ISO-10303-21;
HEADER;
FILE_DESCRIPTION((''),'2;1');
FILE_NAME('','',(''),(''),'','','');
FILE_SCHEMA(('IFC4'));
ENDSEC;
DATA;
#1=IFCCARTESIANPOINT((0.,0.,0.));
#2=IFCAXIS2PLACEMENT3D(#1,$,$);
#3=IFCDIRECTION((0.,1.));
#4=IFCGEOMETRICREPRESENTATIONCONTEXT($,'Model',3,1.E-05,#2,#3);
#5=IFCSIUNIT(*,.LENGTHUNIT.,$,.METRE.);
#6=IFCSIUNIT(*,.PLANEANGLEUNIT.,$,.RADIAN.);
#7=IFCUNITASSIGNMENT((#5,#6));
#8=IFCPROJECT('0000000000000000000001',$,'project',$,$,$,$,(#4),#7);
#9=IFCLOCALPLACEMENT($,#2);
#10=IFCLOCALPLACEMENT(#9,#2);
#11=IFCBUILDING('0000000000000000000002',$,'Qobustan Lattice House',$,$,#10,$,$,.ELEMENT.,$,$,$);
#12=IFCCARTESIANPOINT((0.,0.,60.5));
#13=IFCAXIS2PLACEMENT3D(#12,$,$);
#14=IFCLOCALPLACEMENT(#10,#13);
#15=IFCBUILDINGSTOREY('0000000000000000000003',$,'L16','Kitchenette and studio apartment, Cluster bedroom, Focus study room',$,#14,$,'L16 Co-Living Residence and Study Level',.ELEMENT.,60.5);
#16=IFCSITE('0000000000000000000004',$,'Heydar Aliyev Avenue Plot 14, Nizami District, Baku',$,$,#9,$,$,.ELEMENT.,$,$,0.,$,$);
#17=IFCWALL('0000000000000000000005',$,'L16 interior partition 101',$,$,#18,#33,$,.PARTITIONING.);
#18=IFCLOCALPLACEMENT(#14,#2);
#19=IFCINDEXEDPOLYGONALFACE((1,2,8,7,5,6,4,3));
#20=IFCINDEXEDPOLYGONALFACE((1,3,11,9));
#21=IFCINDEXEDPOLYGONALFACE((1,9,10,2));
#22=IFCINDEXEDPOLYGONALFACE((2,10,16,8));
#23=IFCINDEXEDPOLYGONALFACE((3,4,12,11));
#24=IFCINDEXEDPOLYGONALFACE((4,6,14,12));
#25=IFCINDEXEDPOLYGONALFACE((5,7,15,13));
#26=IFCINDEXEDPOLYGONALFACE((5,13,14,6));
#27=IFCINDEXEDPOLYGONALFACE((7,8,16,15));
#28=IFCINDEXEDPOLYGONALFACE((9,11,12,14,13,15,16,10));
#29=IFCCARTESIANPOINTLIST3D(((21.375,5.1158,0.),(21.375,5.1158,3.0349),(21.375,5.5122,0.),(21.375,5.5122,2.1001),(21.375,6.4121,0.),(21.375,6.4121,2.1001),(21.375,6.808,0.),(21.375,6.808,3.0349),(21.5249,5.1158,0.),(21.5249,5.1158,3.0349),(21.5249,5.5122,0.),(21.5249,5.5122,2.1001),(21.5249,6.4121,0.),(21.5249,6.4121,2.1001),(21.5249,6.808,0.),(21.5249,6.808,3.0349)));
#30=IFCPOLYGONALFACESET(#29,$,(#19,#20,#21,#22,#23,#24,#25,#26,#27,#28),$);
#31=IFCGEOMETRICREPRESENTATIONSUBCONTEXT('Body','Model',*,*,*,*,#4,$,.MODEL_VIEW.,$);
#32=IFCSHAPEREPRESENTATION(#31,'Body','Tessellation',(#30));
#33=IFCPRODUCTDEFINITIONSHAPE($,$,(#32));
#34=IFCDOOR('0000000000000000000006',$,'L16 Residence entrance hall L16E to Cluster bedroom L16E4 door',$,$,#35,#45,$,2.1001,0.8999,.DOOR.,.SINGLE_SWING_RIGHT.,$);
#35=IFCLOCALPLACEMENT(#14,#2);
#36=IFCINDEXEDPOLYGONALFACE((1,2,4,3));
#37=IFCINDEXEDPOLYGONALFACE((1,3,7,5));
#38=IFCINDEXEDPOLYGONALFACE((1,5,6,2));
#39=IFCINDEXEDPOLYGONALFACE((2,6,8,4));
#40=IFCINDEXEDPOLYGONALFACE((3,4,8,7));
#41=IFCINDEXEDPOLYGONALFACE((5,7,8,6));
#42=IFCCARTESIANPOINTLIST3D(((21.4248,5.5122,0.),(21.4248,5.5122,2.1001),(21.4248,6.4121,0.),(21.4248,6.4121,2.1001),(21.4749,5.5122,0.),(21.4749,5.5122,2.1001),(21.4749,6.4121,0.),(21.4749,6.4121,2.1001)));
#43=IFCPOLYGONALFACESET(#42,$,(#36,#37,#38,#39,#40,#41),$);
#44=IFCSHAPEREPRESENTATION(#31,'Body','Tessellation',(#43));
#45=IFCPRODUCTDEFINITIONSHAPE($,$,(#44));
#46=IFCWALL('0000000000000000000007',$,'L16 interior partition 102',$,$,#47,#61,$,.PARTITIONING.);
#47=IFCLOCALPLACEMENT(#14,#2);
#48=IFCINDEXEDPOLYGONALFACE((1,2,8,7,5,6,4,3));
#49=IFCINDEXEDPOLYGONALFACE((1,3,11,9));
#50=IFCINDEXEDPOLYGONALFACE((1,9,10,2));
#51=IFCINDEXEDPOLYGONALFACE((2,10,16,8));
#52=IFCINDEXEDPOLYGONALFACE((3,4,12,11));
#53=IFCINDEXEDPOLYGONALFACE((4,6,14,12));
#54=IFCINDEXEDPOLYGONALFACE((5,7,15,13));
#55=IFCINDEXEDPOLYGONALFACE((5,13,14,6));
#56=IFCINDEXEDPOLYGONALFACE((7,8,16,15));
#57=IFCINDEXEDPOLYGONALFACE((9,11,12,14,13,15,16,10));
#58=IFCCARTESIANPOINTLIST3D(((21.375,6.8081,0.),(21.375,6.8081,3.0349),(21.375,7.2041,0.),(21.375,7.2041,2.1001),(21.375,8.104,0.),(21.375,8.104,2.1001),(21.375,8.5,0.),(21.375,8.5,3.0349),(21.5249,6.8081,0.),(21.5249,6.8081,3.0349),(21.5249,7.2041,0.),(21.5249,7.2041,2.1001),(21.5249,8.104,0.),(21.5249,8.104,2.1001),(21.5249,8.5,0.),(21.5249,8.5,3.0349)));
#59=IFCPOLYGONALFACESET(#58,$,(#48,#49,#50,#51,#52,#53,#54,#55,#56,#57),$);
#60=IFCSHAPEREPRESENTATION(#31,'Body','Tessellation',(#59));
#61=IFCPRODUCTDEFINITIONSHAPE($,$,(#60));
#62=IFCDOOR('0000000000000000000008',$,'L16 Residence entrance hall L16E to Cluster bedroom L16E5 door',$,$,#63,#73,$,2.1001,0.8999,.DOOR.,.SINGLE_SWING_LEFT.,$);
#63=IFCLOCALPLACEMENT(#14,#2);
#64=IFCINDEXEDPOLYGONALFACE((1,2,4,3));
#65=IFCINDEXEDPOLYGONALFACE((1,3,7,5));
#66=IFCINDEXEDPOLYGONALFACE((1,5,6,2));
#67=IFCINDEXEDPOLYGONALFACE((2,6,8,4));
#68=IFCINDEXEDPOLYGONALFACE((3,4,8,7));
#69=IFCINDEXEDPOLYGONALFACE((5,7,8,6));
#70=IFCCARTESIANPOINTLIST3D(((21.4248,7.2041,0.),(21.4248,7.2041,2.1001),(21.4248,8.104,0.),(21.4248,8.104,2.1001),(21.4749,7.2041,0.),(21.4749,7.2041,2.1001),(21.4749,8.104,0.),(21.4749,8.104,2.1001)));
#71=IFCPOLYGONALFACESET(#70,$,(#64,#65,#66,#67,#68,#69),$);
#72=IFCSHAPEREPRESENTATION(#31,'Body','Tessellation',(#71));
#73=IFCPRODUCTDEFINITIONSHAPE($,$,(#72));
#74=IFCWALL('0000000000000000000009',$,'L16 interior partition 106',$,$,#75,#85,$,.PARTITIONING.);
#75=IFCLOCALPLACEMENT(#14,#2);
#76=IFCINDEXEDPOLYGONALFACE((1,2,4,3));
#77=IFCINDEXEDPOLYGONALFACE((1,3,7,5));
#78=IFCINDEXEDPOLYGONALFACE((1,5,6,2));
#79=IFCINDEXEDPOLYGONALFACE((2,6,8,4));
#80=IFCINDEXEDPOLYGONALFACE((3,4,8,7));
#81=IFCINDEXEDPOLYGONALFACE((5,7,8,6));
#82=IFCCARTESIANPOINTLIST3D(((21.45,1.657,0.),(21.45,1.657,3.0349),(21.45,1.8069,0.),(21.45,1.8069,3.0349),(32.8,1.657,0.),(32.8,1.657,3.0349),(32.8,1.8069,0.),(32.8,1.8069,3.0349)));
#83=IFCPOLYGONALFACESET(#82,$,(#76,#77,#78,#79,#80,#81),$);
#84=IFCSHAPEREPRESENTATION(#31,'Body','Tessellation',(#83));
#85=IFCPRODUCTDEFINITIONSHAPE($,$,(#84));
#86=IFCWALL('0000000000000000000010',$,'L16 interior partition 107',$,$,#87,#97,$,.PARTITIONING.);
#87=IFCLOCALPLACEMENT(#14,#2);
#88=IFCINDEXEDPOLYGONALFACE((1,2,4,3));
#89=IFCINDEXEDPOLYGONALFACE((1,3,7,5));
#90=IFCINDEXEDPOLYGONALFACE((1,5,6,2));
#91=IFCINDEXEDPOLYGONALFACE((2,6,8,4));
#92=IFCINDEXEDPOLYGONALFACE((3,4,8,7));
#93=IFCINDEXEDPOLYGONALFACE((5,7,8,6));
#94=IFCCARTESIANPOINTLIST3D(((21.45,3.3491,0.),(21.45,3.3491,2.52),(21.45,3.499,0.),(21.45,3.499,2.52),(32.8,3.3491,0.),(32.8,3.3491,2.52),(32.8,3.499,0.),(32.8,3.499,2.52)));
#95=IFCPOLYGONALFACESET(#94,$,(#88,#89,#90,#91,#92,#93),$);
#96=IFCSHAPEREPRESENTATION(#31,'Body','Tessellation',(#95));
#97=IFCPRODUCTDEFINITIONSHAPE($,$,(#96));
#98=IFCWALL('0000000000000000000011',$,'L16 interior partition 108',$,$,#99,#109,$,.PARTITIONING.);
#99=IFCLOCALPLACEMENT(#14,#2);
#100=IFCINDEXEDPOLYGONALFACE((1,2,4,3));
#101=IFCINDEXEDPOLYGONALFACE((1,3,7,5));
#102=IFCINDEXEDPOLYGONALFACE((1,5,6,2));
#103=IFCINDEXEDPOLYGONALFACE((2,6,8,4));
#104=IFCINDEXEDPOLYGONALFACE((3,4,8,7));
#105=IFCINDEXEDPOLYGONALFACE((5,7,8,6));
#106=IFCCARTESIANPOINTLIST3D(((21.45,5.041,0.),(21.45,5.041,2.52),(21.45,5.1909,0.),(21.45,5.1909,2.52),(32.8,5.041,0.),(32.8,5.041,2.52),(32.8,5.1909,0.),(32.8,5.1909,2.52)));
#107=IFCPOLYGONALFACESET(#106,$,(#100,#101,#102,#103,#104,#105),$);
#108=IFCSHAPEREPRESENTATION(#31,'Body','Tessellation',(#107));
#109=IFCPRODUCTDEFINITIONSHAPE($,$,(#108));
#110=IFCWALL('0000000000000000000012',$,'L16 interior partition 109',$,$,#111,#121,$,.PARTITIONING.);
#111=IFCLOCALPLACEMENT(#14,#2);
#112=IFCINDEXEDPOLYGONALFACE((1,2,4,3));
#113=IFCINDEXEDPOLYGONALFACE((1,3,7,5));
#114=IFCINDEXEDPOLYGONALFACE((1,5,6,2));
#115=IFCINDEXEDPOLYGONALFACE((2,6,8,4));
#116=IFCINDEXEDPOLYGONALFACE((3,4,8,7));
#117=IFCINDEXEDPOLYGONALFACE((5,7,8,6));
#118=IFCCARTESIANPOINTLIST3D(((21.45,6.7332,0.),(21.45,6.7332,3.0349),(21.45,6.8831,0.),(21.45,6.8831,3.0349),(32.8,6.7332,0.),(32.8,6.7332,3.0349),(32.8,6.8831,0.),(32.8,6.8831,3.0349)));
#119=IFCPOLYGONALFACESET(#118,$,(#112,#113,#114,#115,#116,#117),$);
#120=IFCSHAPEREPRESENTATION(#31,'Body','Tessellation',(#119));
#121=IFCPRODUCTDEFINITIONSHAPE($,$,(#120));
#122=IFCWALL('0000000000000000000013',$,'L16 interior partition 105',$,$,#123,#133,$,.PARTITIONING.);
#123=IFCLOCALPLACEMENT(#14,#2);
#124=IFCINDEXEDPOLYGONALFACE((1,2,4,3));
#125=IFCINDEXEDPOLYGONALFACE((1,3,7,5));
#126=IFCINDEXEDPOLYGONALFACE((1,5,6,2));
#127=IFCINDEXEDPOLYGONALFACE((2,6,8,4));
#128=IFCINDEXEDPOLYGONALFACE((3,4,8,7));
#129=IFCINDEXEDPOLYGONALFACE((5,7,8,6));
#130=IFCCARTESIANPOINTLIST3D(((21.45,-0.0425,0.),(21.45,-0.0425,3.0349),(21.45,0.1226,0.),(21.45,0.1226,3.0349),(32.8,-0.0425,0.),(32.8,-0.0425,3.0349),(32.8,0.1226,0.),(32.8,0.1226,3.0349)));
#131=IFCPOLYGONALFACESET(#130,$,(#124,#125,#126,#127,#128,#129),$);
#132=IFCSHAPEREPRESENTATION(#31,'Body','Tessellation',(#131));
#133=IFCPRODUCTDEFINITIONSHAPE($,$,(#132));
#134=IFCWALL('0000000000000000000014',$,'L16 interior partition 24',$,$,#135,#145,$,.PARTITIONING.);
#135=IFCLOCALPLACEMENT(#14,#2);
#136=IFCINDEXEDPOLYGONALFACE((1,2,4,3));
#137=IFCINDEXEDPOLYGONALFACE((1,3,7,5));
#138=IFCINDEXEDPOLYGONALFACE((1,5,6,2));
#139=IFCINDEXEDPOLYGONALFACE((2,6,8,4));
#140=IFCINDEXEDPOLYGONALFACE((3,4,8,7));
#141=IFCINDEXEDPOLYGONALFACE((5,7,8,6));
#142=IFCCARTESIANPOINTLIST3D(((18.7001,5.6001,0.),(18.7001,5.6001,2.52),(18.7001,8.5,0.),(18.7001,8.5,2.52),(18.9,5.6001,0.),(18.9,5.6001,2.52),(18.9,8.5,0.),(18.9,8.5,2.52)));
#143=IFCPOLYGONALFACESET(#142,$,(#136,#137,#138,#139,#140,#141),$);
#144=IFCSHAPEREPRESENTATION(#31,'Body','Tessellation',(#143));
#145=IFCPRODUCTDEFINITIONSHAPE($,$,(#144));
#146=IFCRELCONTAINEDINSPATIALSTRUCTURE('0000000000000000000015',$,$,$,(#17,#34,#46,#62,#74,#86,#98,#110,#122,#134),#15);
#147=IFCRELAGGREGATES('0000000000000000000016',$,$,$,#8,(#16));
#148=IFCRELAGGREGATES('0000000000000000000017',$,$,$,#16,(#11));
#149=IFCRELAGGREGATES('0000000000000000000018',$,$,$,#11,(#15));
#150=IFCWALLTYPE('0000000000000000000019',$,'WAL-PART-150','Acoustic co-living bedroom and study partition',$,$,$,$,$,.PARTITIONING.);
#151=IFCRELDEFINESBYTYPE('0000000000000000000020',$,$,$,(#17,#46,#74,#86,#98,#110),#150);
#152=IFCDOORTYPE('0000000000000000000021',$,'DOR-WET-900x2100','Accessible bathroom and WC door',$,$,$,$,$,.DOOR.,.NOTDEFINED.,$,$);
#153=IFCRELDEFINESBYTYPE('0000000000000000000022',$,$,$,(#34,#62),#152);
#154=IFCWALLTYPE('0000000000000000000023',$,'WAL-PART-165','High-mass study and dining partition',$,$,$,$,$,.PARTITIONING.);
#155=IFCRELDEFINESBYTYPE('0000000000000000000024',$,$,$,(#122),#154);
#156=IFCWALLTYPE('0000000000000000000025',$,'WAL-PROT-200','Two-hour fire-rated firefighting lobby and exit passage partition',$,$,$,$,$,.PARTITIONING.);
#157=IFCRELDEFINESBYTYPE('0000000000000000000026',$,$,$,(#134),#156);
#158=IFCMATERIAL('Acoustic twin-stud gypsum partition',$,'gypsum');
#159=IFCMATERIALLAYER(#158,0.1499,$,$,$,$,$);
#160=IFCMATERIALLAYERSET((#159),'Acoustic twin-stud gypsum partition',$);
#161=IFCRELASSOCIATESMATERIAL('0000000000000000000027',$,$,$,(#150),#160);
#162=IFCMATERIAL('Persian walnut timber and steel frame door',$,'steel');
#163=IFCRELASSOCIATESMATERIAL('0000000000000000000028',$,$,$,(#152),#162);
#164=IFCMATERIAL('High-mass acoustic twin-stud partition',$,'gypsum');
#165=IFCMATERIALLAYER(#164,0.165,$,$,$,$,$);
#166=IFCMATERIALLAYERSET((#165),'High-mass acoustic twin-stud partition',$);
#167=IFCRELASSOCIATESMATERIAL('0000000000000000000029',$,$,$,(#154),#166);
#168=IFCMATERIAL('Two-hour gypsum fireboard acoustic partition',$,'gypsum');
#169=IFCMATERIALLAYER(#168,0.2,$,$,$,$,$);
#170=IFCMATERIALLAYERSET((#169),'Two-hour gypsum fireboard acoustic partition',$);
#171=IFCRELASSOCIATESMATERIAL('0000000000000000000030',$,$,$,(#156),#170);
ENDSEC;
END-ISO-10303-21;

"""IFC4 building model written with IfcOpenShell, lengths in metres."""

from ifc_helpers import new_model, si_unit, direction, frame, frame_2d, origin, place, context, subcontext, project, spatial, rectangle, extrude, material, layer, layer_set, type_object, element, fill, save


model = new_model("IFC4")

# Units and contexts
model_context = context("Model", 3, precision=1e-05, world=origin(), true_north=direction((0.0, 1.0)))
body_context = subcontext(model_context, "Body", "Model", "MODEL_VIEW")
ifc_project = project(units=[si_unit("LENGTHUNIT", "METRE"), si_unit("PLANEANGLEUNIT", "RADIAN")], contexts=[model_context])

# Site, building, storey
site_placement = place(None, origin())
site = spatial("IfcSite", under=ifc_project, at=site_placement, Name="Heydar Aliyev Avenue Plot 14, Nizami District, Baku", CompositionType="ELEMENT", RefElevation=0.0)
building_placement = place(site_placement, origin())
building = spatial("IfcBuilding", under=site, at=building_placement, Name="Qobustan Lattice House", CompositionType="ELEMENT")
storey_placement = place(building_placement, frame((0.0, 0.0, 60.5)))
storey = spatial("IfcBuildingStorey", under=building, at=storey_placement, Name="L16", Description="Kitchenette and studio apartment, Cluster bedroom, Focus study room", LongName="L16 Co-Living Residence and Study Level", CompositionType="ELEMENT", Elevation=60.5)

# Shared definitions
ifc_material_1 = material(Name="Acoustic twin-stud gypsum partition", Category="gypsum")
ifc_layer_1 = layer(ifc_material_1, 0.1499)
ifc_layer_set_1 = layer_set([ifc_layer_1], Name="Acoustic twin-stud gypsum partition")
wall_type_1 = type_object("IfcWallType", Name="WAL-PART-150", Description="Acoustic co-living bedroom and study partition", PredefinedType="PARTITIONING", material=ifc_layer_set_1)

# Walls, openings, doors
ifc_material_2 = material(Name="Persian walnut timber and steel frame door", Category="steel")
door_type_1 = type_object("IfcDoorType", Name="DOR-WET-900x2100", Description="Accessible bathroom and WC door", OperationType="NOTDEFINED", PredefinedType="DOOR", material=ifc_material_2)
wall_1_placement = place(storey_placement, frame((21.45, 6.8081, 0.0), z_axis=(0.0, 0.0, 1.0), x_axis=(0.0, -1.0, 0.0)))
wall_1 = element("IfcWall", 1, at=wall_1_placement, inside=storey, type_object=wall_type_1, Name="L16 interior partition 101", PredefinedType="PARTITIONING", context=body_context, shape_type="SweptSolid", body=[
    extrude(rectangle(XDim=1.6921, YDim=0.1499, at=frame_2d((0.8462, 0.0))), origin(), (0.0, 0.0, 1.0), 3.0349),
])
opening_1_placement = place(wall_1_placement, frame((0.396, 0.0, 0.0)))
opening_1 = element("IfcOpeningElement", 2, at=opening_1_placement, cuts=wall_1, PredefinedType="OPENING", context=body_context, shape_type="SweptSolid", body=[
    extrude(rectangle(XDim=0.8999, YDim=2.1001, at=frame_2d((0.45, 1.05))), frame((0.0, 0.085, 0.0), z_axis=(0.0, -1.0, 0.0), x_axis=(1.0, 0.0, 0.0)), (0.0, 0.0, 1.0), 0.1699),
])
door_1_placement = place(opening_1_placement, origin())
door_1 = element("IfcDoor", 3, at=door_1_placement, inside=storey, type_object=door_type_1, Name="L16 Residence entrance hall L16E to Cluster bedroom L16E4 door", OperationType="SINGLE_SWING_RIGHT", OverallHeight=2.1001, OverallWidth=0.8999, PredefinedType="DOOR", context=body_context, shape_type="SweptSolid", body=[
    extrude(rectangle(XDim=0.8999, YDim=2.1001, at=frame_2d((0.45, 1.05))), frame((0.0, 0.0249, 0.0), z_axis=(0.0, -1.0, 0.0), x_axis=(1.0, 0.0, 0.0)), (0.0, 0.0, 1.0), 0.05),
])
fill(opening_1, door_1)
wall_2_placement = place(storey_placement, frame((21.45, 8.5, 0.0), z_axis=(0.0, 0.0, 1.0), x_axis=(0.0, -1.0, 0.0)))
wall_2 = element("IfcWall", 4, at=wall_2_placement, inside=storey, type_object=wall_type_1, Name="L16 interior partition 102", PredefinedType="PARTITIONING", context=body_context, shape_type="SweptSolid", body=[
    extrude(rectangle(XDim=1.6919, YDim=0.1499, at=frame_2d((0.8459, 0.0))), origin(), (0.0, 0.0, 1.0), 3.0349),
])
opening_2_placement = place(wall_2_placement, frame((0.396, 0.0, 0.0)))
opening_2 = element("IfcOpeningElement", 5, at=opening_2_placement, cuts=wall_2, PredefinedType="OPENING", context=body_context, shape_type="SweptSolid", body=[
    extrude(rectangle(XDim=0.8999, YDim=2.1001, at=frame_2d((0.45, 1.05))), frame((0.0, 0.085, 0.0), z_axis=(0.0, -1.0, 0.0), x_axis=(1.0, 0.0, 0.0)), (0.0, 0.0, 1.0), 0.1699),
])
door_2_placement = place(opening_2_placement, origin())
door_2 = element("IfcDoor", 6, at=door_2_placement, inside=storey, type_object=door_type_1, Name="L16 Residence entrance hall L16E to Cluster bedroom L16E5 door", OperationType="SINGLE_SWING_LEFT", OverallHeight=2.1001, OverallWidth=0.8999, PredefinedType="DOOR", context=body_context, shape_type="SweptSolid", body=[
    extrude(rectangle(XDim=0.8999, YDim=2.1001, at=frame_2d((0.45, 1.05))), frame((0.0, 0.0249, 0.0), z_axis=(0.0, -1.0, 0.0), x_axis=(1.0, 0.0, 0.0)), (0.0, 0.0, 1.0), 0.05),
])
fill(opening_2, door_2)

# Walls
wall_3_placement = place(storey_placement, frame((21.45, 1.7319, 0.0), z_axis=(0.0, 0.0, 1.0), x_axis=(1.0, 0.0, 0.0)))
element("IfcWall", 7, at=wall_3_placement, inside=storey, type_object=wall_type_1, Name="L16 interior partition 106", PredefinedType="PARTITIONING", context=body_context, shape_type="SweptSolid", body=[
    extrude(rectangle(XDim=11.3501, YDim=0.1499, at=frame_2d((5.675, 0.0))), origin(), (0.0, 0.0, 1.0), 3.0349),
])
for number, where, z_axis, x_axis, name in (
    (8, (21.45, 3.4241, 0.0), (0.0, 0.0, 1.0), (1.0, 0.0, 0.0), "L16 interior partition 107"),
    (9, (21.45, 5.116, 0.0), (0.0, 0.0, 1.0), (1.0, 0.0, 0.0), "L16 interior partition 108"),
):
    element("IfcWall", number, at=place(storey_placement, frame(where, z_axis=z_axis, x_axis=x_axis)), inside=storey, type_object=wall_type_1, Name=name, PredefinedType="PARTITIONING", context=body_context, shape_type="SweptSolid", body=[
        extrude(rectangle(XDim=11.3501, YDim=0.1499, at=frame_2d((5.675, 0.0))), origin(), (0.0, 0.0, 1.0), 2.52),
    ])
wall_4_placement = place(storey_placement, frame((21.45, 6.8081, 0.0), z_axis=(0.0, 0.0, 1.0), x_axis=(1.0, 0.0, 0.0)))
element("IfcWall", 10, at=wall_4_placement, inside=storey, type_object=wall_type_1, Name="L16 interior partition 109", PredefinedType="PARTITIONING", context=body_context, shape_type="SweptSolid", body=[
    extrude(rectangle(XDim=11.3501, YDim=0.1499, at=frame_2d((5.675, 0.0))), origin(), (0.0, 0.0, 1.0), 3.0349),
])
ifc_material_3 = material(Name="High-mass acoustic twin-stud partition", Category="gypsum")
ifc_layer_2 = layer(ifc_material_3, 0.165)
ifc_layer_set_2 = layer_set([ifc_layer_2], Name="High-mass acoustic twin-stud partition")
wall_type_2 = type_object("IfcWallType", Name="WAL-PART-165", Description="High-mass study and dining partition", PredefinedType="PARTITIONING", material=ifc_layer_set_2)
wall_5_placement = place(storey_placement, frame((21.45, 0.04, 0.0), z_axis=(0.0, 0.0, 1.0), x_axis=(1.0, 0.0, 0.0)))
element("IfcWall", 11, at=wall_5_placement, inside=storey, type_object=wall_type_2, Name="L16 interior partition 105", PredefinedType="PARTITIONING", context=body_context, shape_type="SweptSolid", body=[
    extrude(rectangle(XDim=11.3501, YDim=0.165, at=frame_2d((5.675, 0.0))), origin(), (0.0, 0.0, 1.0), 3.0349),
])

# Shared definitions
ifc_material_4 = material(Name="Two-hour gypsum fireboard acoustic partition", Category="gypsum")
ifc_layer_3 = layer(ifc_material_4, 0.2)
ifc_layer_set_3 = layer_set([ifc_layer_3], Name="Two-hour gypsum fireboard acoustic partition")
wall_type_3 = type_object("IfcWallType", Name="WAL-PROT-200", Description="Two-hour fire-rated firefighting lobby and exit passage partition", PredefinedType="PARTITIONING", material=ifc_layer_set_3)

# Wall
wall_6_placement = place(storey_placement, frame((18.8, 5.6001, 0.0), z_axis=(0.0, 0.0, 1.0), x_axis=(0.0, 1.0, 0.0)))
element("IfcWall", 12, at=wall_6_placement, inside=storey, type_object=wall_type_3, Name="L16 interior partition 24", PredefinedType="PARTITIONING", context=body_context, shape_type="SweptSolid", body=[
    extrude(rectangle(XDim=2.8999, YDim=0.2, at=frame_2d((1.45, 0.0))), origin(), (0.0, 0.0, 1.0), 2.52),
])

save(model, "model.ifc")
